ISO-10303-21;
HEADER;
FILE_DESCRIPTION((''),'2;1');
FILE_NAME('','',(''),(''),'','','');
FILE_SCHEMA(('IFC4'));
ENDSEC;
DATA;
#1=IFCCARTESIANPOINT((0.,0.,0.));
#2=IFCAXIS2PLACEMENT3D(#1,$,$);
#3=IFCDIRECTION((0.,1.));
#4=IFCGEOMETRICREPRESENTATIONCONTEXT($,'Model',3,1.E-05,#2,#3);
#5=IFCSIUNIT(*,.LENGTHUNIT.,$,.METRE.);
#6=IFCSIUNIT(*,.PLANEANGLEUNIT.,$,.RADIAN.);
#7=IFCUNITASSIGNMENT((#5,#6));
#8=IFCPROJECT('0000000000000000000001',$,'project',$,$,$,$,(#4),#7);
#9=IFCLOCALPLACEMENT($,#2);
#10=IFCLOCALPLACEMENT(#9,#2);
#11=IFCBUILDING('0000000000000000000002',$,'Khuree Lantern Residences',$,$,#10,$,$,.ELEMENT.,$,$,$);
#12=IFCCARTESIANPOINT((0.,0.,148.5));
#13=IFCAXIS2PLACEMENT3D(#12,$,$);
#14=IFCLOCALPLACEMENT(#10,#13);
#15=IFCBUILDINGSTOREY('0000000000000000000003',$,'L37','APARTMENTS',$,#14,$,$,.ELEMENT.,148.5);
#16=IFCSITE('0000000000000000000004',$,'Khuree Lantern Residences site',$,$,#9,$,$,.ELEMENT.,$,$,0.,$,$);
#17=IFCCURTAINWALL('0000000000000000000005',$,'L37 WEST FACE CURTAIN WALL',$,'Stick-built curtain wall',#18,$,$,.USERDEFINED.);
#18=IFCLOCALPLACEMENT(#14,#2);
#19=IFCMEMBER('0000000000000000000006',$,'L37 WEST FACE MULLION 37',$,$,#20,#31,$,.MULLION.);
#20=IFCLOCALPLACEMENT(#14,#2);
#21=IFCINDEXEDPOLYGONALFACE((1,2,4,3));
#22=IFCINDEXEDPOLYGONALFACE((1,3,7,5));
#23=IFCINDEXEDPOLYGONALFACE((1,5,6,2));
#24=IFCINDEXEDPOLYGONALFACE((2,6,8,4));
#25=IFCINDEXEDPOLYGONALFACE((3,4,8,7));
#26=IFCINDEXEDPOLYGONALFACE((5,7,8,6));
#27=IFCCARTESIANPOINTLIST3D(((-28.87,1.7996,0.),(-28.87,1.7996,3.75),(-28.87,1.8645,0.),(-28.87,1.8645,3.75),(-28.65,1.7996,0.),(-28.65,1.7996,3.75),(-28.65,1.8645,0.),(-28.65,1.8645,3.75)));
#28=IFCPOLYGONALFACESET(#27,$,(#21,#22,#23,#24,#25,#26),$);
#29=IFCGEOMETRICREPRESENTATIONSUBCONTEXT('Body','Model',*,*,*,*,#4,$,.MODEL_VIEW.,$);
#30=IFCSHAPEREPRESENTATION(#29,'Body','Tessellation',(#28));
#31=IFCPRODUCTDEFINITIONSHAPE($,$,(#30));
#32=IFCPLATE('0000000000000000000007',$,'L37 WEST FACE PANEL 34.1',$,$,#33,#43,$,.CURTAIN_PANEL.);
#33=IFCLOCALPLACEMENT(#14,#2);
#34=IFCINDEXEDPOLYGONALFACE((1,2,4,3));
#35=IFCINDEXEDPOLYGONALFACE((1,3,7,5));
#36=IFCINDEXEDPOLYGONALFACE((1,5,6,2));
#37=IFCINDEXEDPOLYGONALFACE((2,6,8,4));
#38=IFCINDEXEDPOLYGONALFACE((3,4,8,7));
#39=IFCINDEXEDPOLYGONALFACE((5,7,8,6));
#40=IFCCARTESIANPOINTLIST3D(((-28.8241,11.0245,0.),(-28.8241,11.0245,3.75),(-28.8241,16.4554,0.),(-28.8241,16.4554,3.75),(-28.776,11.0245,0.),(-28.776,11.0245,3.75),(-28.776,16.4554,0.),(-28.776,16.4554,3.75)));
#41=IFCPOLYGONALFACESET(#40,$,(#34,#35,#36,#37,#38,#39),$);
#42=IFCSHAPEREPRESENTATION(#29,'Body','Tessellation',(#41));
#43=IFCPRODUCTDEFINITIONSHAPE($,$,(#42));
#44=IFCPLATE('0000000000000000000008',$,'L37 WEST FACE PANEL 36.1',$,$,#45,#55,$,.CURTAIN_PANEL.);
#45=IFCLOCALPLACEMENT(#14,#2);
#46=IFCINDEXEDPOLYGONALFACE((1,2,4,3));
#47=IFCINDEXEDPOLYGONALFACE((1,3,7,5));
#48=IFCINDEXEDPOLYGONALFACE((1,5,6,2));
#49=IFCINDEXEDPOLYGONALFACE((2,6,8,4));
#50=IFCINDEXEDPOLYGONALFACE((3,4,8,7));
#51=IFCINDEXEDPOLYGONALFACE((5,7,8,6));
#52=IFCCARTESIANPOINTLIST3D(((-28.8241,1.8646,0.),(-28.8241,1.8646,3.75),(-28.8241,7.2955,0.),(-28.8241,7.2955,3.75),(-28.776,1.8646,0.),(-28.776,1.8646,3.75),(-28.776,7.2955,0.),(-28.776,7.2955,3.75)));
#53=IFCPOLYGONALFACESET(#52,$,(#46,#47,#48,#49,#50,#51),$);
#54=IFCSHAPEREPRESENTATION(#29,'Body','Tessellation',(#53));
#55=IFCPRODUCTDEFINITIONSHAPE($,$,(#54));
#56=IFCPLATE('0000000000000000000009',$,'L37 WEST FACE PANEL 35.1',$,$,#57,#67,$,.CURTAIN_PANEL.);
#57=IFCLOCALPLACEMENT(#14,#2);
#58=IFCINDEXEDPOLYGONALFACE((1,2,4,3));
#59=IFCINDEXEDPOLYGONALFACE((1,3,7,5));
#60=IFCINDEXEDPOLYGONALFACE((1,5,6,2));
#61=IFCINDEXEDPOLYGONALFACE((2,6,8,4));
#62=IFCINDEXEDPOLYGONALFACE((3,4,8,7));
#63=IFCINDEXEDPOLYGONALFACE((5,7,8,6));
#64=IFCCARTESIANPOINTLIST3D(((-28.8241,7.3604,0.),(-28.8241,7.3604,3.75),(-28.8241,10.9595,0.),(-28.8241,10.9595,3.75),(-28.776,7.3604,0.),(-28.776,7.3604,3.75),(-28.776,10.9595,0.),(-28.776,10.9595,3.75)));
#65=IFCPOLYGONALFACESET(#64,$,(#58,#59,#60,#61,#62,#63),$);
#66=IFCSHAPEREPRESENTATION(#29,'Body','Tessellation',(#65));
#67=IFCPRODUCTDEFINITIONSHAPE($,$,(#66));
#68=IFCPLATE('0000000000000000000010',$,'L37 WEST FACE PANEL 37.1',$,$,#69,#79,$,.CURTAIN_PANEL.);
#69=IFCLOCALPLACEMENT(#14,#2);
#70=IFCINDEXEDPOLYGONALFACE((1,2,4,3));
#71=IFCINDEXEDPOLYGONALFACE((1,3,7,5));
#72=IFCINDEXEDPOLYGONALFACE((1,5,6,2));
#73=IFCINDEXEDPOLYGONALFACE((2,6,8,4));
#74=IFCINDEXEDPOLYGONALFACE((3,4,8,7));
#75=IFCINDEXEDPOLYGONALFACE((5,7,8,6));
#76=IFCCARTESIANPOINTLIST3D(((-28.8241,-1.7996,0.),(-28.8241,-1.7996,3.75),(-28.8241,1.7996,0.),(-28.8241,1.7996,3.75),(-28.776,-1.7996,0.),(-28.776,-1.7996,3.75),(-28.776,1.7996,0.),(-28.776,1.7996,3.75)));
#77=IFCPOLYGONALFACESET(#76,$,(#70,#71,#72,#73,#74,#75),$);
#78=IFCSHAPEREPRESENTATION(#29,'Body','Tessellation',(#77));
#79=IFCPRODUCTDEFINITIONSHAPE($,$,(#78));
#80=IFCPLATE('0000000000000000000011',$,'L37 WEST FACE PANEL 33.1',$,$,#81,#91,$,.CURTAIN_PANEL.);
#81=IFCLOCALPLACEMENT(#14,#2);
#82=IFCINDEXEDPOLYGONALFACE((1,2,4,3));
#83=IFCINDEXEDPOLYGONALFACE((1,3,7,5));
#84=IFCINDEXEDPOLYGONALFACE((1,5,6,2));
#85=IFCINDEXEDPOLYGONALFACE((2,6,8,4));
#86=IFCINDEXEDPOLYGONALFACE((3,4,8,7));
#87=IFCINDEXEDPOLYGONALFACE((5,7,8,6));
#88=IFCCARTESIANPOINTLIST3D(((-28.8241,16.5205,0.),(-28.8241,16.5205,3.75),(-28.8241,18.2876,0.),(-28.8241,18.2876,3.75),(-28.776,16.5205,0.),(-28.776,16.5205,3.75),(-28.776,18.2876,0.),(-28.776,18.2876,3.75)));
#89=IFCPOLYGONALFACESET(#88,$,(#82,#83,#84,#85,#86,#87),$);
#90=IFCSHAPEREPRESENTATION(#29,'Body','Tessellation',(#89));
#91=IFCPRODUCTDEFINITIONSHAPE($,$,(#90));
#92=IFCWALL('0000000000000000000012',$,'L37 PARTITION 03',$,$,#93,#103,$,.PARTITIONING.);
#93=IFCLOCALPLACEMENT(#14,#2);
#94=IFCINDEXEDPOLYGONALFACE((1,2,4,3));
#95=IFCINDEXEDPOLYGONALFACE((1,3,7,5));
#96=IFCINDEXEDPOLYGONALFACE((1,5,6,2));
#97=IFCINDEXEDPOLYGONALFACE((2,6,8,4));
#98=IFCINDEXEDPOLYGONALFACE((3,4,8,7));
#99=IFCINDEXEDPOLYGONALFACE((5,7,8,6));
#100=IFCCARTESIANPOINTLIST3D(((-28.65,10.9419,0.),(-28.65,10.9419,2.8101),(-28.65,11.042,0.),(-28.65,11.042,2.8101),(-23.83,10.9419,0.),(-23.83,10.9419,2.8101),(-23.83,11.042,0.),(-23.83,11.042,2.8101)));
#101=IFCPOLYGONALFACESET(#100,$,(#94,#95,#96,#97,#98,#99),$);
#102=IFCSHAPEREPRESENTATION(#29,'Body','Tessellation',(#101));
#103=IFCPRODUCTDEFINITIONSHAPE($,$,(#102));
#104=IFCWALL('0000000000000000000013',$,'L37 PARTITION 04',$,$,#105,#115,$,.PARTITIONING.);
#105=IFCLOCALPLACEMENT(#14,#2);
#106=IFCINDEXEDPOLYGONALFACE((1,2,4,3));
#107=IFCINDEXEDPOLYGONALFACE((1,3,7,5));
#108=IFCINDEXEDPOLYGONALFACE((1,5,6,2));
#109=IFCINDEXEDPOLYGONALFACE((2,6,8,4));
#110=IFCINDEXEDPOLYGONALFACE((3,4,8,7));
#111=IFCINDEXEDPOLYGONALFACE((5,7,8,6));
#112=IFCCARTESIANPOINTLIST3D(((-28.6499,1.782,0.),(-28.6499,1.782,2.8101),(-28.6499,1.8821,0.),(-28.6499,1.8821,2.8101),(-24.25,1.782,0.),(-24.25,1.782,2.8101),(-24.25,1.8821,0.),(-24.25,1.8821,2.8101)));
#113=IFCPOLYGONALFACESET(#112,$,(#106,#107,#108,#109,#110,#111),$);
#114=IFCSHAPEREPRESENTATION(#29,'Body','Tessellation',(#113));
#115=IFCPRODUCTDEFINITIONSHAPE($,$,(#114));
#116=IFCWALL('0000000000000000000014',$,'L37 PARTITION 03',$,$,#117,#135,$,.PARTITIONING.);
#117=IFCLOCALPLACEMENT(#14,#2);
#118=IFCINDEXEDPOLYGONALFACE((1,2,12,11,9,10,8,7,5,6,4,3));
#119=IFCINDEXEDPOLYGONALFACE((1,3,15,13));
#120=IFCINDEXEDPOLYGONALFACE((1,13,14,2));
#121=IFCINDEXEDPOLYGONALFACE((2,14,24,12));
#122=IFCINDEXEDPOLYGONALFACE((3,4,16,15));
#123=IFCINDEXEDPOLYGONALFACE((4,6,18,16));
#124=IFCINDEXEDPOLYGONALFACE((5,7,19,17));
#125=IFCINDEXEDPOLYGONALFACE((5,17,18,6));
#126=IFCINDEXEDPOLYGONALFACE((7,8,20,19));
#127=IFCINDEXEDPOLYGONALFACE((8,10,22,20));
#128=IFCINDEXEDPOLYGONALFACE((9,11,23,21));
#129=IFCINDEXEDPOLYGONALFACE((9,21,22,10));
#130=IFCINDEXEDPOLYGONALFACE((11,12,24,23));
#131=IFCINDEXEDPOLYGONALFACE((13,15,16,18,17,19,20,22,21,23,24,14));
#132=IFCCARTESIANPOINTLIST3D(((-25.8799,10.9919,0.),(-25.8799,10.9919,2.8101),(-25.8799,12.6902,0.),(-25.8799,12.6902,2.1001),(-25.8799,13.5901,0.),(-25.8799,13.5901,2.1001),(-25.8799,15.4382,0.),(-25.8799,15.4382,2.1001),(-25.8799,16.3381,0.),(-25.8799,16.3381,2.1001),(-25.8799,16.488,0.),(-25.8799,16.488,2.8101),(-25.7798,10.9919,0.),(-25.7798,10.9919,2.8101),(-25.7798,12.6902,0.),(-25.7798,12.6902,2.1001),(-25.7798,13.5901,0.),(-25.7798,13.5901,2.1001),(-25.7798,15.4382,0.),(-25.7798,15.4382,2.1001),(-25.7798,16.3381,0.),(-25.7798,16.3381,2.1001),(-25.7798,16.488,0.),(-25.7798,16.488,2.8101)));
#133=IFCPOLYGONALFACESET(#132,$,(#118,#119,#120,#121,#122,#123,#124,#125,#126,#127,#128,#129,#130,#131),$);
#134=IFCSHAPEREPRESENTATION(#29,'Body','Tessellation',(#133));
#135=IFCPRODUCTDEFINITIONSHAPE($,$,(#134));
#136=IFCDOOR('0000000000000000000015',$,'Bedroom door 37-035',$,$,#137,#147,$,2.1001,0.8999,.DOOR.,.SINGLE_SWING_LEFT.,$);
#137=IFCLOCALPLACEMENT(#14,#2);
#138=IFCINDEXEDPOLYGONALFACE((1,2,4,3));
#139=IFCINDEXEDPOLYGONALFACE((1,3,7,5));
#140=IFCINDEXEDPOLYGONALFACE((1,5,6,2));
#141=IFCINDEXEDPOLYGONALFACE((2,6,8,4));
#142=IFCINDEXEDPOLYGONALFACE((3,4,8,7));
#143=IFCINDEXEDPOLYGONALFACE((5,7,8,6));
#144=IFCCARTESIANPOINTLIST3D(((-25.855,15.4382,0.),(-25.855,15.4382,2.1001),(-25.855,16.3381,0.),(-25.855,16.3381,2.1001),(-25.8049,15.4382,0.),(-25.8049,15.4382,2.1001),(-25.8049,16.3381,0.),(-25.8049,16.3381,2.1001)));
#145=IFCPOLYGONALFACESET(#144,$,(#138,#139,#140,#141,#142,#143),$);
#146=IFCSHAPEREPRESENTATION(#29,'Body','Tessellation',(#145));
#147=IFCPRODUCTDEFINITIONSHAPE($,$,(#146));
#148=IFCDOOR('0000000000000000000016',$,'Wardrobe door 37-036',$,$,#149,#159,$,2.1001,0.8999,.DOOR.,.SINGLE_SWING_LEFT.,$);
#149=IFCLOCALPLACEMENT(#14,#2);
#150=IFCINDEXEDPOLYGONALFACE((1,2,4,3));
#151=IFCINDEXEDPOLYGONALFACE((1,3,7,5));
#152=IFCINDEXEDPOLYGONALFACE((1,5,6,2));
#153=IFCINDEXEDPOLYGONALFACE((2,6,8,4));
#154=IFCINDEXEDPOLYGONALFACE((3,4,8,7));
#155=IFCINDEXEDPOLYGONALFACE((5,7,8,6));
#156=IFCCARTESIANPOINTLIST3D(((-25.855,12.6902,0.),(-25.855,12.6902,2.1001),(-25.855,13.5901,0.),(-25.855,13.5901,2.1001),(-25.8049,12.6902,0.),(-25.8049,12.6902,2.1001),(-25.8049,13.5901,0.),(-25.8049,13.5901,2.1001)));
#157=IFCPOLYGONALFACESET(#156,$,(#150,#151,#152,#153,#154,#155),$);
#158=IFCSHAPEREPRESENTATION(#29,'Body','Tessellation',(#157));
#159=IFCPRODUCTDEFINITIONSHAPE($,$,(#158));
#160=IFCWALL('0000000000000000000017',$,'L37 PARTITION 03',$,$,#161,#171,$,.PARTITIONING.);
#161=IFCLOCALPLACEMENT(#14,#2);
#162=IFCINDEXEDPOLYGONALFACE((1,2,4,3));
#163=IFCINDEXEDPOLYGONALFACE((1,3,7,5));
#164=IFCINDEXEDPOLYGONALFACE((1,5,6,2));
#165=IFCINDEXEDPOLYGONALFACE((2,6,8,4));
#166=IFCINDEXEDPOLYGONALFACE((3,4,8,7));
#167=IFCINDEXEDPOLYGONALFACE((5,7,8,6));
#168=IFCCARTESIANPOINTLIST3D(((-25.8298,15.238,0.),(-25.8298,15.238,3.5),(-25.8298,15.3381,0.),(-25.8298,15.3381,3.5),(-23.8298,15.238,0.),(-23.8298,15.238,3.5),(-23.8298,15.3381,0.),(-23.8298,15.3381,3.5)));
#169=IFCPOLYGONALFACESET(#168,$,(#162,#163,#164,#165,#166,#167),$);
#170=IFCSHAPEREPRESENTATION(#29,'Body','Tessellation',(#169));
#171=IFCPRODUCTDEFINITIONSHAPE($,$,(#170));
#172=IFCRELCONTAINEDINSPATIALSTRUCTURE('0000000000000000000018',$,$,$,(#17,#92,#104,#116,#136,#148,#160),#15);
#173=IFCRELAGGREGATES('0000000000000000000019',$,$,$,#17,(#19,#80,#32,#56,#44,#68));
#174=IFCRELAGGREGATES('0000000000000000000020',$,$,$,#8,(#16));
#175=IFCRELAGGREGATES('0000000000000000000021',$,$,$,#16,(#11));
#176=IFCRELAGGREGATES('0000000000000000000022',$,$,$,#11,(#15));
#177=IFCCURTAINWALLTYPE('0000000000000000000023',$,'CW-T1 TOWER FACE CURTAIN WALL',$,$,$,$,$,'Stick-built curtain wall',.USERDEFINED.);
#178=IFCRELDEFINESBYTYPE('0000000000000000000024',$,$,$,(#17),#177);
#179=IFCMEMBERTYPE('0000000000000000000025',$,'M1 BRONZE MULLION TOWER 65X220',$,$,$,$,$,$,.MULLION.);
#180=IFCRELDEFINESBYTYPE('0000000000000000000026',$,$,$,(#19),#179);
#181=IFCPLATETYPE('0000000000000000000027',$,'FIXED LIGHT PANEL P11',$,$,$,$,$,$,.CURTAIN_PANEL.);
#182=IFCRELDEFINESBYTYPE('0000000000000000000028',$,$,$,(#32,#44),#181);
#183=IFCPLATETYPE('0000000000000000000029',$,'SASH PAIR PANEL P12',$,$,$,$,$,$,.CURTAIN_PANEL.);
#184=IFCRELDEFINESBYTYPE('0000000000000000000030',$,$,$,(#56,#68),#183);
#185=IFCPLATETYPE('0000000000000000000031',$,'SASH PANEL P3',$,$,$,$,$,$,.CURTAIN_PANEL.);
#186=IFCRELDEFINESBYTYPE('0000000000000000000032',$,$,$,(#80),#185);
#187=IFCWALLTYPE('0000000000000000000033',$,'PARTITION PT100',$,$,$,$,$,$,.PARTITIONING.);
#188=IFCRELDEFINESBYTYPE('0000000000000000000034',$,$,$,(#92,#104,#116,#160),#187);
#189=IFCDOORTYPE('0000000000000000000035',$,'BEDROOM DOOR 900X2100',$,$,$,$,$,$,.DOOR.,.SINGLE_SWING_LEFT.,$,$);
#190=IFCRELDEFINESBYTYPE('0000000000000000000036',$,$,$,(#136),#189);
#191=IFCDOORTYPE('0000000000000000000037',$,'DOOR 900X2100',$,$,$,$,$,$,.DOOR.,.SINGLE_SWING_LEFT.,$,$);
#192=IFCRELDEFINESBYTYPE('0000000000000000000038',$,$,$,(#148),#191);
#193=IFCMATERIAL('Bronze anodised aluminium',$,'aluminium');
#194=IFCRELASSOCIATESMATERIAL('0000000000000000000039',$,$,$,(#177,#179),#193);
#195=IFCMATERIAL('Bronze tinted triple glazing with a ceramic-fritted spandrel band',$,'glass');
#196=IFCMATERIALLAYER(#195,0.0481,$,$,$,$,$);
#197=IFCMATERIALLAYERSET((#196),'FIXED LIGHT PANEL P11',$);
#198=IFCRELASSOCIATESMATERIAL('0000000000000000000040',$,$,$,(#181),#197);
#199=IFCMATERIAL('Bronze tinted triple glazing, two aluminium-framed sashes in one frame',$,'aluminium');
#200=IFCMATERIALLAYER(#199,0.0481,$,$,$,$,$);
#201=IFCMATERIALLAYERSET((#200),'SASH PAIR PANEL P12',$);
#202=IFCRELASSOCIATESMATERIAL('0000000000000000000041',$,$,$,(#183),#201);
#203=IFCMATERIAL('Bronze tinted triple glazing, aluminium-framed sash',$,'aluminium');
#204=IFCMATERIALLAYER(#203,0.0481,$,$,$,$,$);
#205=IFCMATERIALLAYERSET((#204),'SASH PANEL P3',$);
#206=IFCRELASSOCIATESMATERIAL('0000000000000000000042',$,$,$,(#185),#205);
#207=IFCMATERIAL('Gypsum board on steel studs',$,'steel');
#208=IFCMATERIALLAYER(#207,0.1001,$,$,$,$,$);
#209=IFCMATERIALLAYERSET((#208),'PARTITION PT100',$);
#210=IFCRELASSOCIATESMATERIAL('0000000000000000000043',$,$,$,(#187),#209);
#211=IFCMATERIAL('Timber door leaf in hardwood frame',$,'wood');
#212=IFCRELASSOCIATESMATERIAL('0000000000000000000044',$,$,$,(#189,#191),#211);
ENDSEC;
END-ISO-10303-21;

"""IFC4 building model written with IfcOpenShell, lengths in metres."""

from ifc_helpers import new_model, si_unit, direction, frame, frame_2d, origin, origin_2d, place, context, subcontext, project, spatial, rectangle, extrude, material, layer, layer_set, material_profile, profile_set, type_object, element, fill, aggregate, save


model = new_model("IFC4")

# Units and contexts
model_context = context("Model", 3, precision=1e-05, world=origin(), true_north=direction((0.0, 1.0)))
body_context = subcontext(model_context, "Body", "Model", "MODEL_VIEW")
ifc_project = project(units=[si_unit("LENGTHUNIT", "METRE"), si_unit("PLANEANGLEUNIT", "RADIAN")], contexts=[model_context])

# Site, building, storey
site_placement = place(None, origin())
site = spatial("IfcSite", under=ifc_project, at=site_placement, Name="Khuree Lantern Residences site", CompositionType="ELEMENT", RefElevation=0.0)
building_placement = place(site_placement, origin())
building = spatial("IfcBuilding", under=site, at=building_placement, Name="Khuree Lantern Residences", CompositionType="ELEMENT")
storey_placement = place(building_placement, frame((0.0, 0.0, 148.5)))
storey = spatial("IfcBuildingStorey", under=building, at=storey_placement, Name="L37", Description="APARTMENTS", CompositionType="ELEMENT", Elevation=148.5)

# Curtain wall
ifc_material_1 = material(Name="Bronze anodised aluminium", Category="aluminium")
curtain_wall_type = type_object("IfcCurtainWallType", Name="CW-T1 TOWER FACE CURTAIN WALL", ElementType="Stick-built curtain wall", PredefinedType="USERDEFINED", material=ifc_material_1)
curtain_wall_placement = place(storey_placement, origin())
curtain_wall = element("IfcCurtainWall", 1, at=curtain_wall_placement, inside=storey, type_object=curtain_wall_type, Name="L37 WEST FACE CURTAIN WALL", ObjectType="Stick-built curtain wall", PredefinedType="USERDEFINED")

# Member
ifc_material_profile_1 = material_profile(ifc_material_1, rectangle(XDim=0.0649, YDim=0.22, at=origin_2d()), Name="M1 65X220")
ifc_profile_set_1 = profile_set([ifc_material_profile_1], Name="Bronze anodised aluminium")
member_type_1 = type_object("IfcMemberType", Name="M1 BRONZE MULLION TOWER 65X220", PredefinedType="MULLION", material=ifc_profile_set_1)
member_1_placement = place(storey_placement, frame((-28.76, 1.832, 0.0), z_axis=(0.0, 0.0, 1.0), x_axis=(0.0, -1.0, 0.0)))
member_1 = element("IfcMember", 2, at=member_1_placement, type_object=member_type_1, Name="L37 WEST FACE MULLION 37", PredefinedType="MULLION", context=body_context, shape_type="SweptSolid", body=[
    extrude(rectangle(XDim=0.0649, YDim=0.22, at=origin_2d()), origin(), (0.0, 0.0, 1.0), 3.75),
])

# Plates
ifc_material_2 = material(Name="Bronze tinted triple glazing with a ceramic-fritted spandrel band", Category="glass")
ifc_layer_1 = layer(ifc_material_2, 0.0481)
ifc_layer_set_1 = layer_set([ifc_layer_1], Name="FIXED LIGHT PANEL P11")
plate_type_1 = type_object("IfcPlateType", Name="FIXED LIGHT PANEL P11", PredefinedType="CURTAIN_PANEL", material=ifc_layer_set_1)
plate_1_placement = place(storey_placement, frame((-28.8, 13.74, 0.0), z_axis=(0.0, 0.0, 1.0), x_axis=(0.0, -1.0, 0.0)))
plate_1 = element("IfcPlate", 3, at=plate_1_placement, type_object=plate_type_1, Name="L37 WEST FACE PANEL 34.1", PredefinedType="CURTAIN_PANEL", context=body_context, shape_type="SweptSolid", body=[
    extrude(rectangle(XDim=5.4309, YDim=0.0481, at=origin_2d()), origin(), (0.0, 0.0, 1.0), 3.75),
])
plate_2_placement = place(storey_placement, frame((-28.8, 4.5801, 0.0), z_axis=(0.0, 0.0, 1.0), x_axis=(0.0, -1.0, 0.0)))
plate_2 = element("IfcPlate", 4, at=plate_2_placement, type_object=plate_type_1, Name="L37 WEST FACE PANEL 36.1", PredefinedType="CURTAIN_PANEL", context=body_context, shape_type="SweptSolid", body=[
    extrude(rectangle(XDim=5.4309, YDim=0.0481, at=origin_2d()), origin(), (0.0, 0.0, 1.0), 3.75),
])
ifc_material_3 = material(Name="Bronze tinted triple glazing, two aluminium-framed sashes in one frame", Category="aluminium")
ifc_layer_2 = layer(ifc_material_3, 0.0481)
ifc_layer_set_2 = layer_set([ifc_layer_2], Name="SASH PAIR PANEL P12")
plate_type_2 = type_object("IfcPlateType", Name="SASH PAIR PANEL P12", PredefinedType="CURTAIN_PANEL", material=ifc_layer_set_2)
plate_3_placement = place(storey_placement, frame((-28.8, 9.1599, 0.0), z_axis=(0.0, 0.0, 1.0), x_axis=(0.0, -1.0, 0.0)))
plate_3 = element("IfcPlate", 5, at=plate_3_placement, type_object=plate_type_2, Name="L37 WEST FACE PANEL 35.1", PredefinedType="CURTAIN_PANEL", context=body_context, shape_type="SweptSolid", body=[
    extrude(rectangle(XDim=3.5991, YDim=0.0481, at=origin_2d()), origin(), (0.0, 0.0, 1.0), 3.75),
])
plate_4_placement = place(storey_placement, frame((-28.8, 0.0, 0.0), z_axis=(0.0, 0.0, 1.0), x_axis=(0.0, -1.0, 0.0)))
plate_4 = element("IfcPlate", 6, at=plate_4_placement, type_object=plate_type_2, Name="L37 WEST FACE PANEL 37.1", PredefinedType="CURTAIN_PANEL", context=body_context, shape_type="SweptSolid", body=[
    extrude(rectangle(XDim=3.5991, YDim=0.0481, at=origin_2d()), origin(), (0.0, 0.0, 1.0), 3.75),
])
ifc_material_4 = material(Name="Bronze tinted triple glazing, aluminium-framed sash", Category="aluminium")
ifc_layer_3 = layer(ifc_material_4, 0.0481)
ifc_layer_set_3 = layer_set([ifc_layer_3], Name="SASH PANEL P3")
plate_type_3 = type_object("IfcPlateType", Name="SASH PANEL P3", PredefinedType="CURTAIN_PANEL", material=ifc_layer_set_3)
plate_5_placement = place(storey_placement, frame((-28.8, 17.4041, 0.0), z_axis=(0.0, 0.0, 1.0), x_axis=(0.0, -1.0, 0.0)))
plate_5 = element("IfcPlate", 7, at=plate_5_placement, type_object=plate_type_3, Name="L37 WEST FACE PANEL 33.1", PredefinedType="CURTAIN_PANEL", context=body_context, shape_type="SweptSolid", body=[
    extrude(rectangle(XDim=1.7671, YDim=0.0481, at=origin_2d()), origin(), (0.0, 0.0, 1.0), 3.75),
])
aggregate(curtain_wall, [member_1, plate_5, plate_1, plate_3, plate_2, plate_4])

# Walls
ifc_material_5 = material(Name="Gypsum board on steel studs", Category="steel")
ifc_layer_4 = layer(ifc_material_5, 0.1001)
ifc_layer_set_4 = layer_set([ifc_layer_4], Name="PARTITION PT100")
wall_type = type_object("IfcWallType", Name="PARTITION PT100", PredefinedType="PARTITIONING", material=ifc_layer_set_4)
wall_1_placement = place(storey_placement, frame((-23.8298, 10.9919, 0.0), z_axis=(0.0, 0.0, 1.0), x_axis=(-1.0, 0.0, 0.0)))
element("IfcWall", 8, at=wall_1_placement, inside=storey, type_object=wall_type, Name="L37 PARTITION 03", PredefinedType="PARTITIONING", context=body_context, shape_type="SweptSolid", body=[
    extrude(rectangle(XDim=4.8201, YDim=0.1001, at=frame_2d((2.4102, 0.0))), origin(), (0.0, 0.0, 1.0), 2.8101),
])
wall_2_placement = place(storey_placement, frame((-24.25, 1.832, 0.0), z_axis=(0.0, 0.0, 1.0), x_axis=(-1.0, 0.0, 0.0)))
element("IfcWall", 9, at=wall_2_placement, inside=storey, type_object=wall_type, Name="L37 PARTITION 04", PredefinedType="PARTITIONING", context=body_context, shape_type="SweptSolid", body=[
    extrude(rectangle(XDim=4.3999, YDim=0.1001, at=frame_2d((2.2, 0.0))), origin(), (0.0, 0.0, 1.0), 2.8101),
])

# Wall, openings, doors
wall_3_placement = place(storey_placement, frame((-25.8298, 16.488, 0.0), z_axis=(0.0, 0.0, 1.0), x_axis=(0.0, -1.0, 0.0)))
wall_3 = element("IfcWall", 10, at=wall_3_placement, inside=storey, type_object=wall_type, Name="L37 PARTITION 03", PredefinedType="PARTITIONING", context=body_context, shape_type="SweptSolid", body=[
    extrude(rectangle(XDim=5.4961, YDim=0.1001, at=frame_2d((2.748, 0.0))), origin(), (0.0, 0.0, 1.0), 2.8101),
])
opening_1_placement = place(wall_3_placement, frame((0.1499, 0.0, 0.0)))
opening_1 = element("IfcOpeningElement", 11, at=opening_1_placement, cuts=wall_3, PredefinedType="OPENING", context=body_context, shape_type="SweptSolid", body=[
    extrude(rectangle(XDim=0.8999, YDim=2.1001, at=frame_2d((0.45, 1.05))), frame((0.0, 0.0601, 0.0), z_axis=(0.0, -1.0, 0.0), x_axis=(1.0, 0.0, 0.0)), (0.0, 0.0, 1.0), 0.1201),
])
opening_2_placement = place(wall_3_placement, frame((2.8979, 0.0, 0.0)))
opening_2 = element("IfcOpeningElement", 12, at=opening_2_placement, cuts=wall_3, PredefinedType="OPENING", context=body_context, shape_type="SweptSolid", body=[
    extrude(rectangle(XDim=0.8999, YDim=2.1001, at=frame_2d((0.45, 1.05))), frame((0.0, 0.0601, 0.0), z_axis=(0.0, -1.0, 0.0), x_axis=(1.0, 0.0, 0.0)), (0.0, 0.0, 1.0), 0.1201),
])
ifc_material_6 = material(Name="Timber door leaf in hardwood frame", Category="wood")
door_type_1 = type_object("IfcDoorType", Name="BEDROOM DOOR 900X2100", OperationType="SINGLE_SWING_LEFT", PredefinedType="DOOR", material=ifc_material_6)
door_1_placement = place(opening_1_placement, origin())
door_1 = element("IfcDoor", 13, at=door_1_placement, inside=storey, type_object=door_type_1, Name="Bedroom door 37-035", OperationType="SINGLE_SWING_LEFT", OverallHeight=2.1001, OverallWidth=0.8999, PredefinedType="DOOR", context=body_context, shape_type="SweptSolid", body=[
    extrude(rectangle(XDim=0.8999, YDim=2.1001, at=frame_2d((0.45, 1.05))), frame((0.0, 0.0249, 0.0), z_axis=(0.0, -1.0, 0.0), x_axis=(1.0, 0.0, 0.0)), (0.0, 0.0, 1.0), 0.05),
])
fill(opening_1, door_1)
door_type_2 = type_object("IfcDoorType", Name="DOOR 900X2100", OperationType="SINGLE_SWING_LEFT", PredefinedType="DOOR", material=ifc_material_6)
door_2_placement = place(opening_2_placement, origin())
door_2 = element("IfcDoor", 14, at=door_2_placement, inside=storey, type_object=door_type_2, Name="Wardrobe door 37-036", OperationType="SINGLE_SWING_LEFT", OverallHeight=2.1001, OverallWidth=0.8999, PredefinedType="DOOR", context=body_context, shape_type="SweptSolid", body=[
    extrude(rectangle(XDim=0.8999, YDim=2.1001, at=frame_2d((0.45, 1.05))), frame((0.0, 0.0249, 0.0), z_axis=(0.0, -1.0, 0.0), x_axis=(1.0, 0.0, 0.0)), (0.0, 0.0, 1.0), 0.05),
])
fill(opening_2, door_2)

# Wall
wall_4_placement = place(storey_placement, frame((-23.8298, 15.2881, 0.0), z_axis=(0.0, 0.0, 1.0), x_axis=(-1.0, 0.0, 0.0)))
element("IfcWall", 15, at=wall_4_placement, inside=storey, type_object=wall_type, Name="L37 PARTITION 03", PredefinedType="PARTITIONING", context=body_context, shape_type="SweptSolid", body=[
    extrude(rectangle(XDim=2.0, YDim=0.1001, at=frame_2d((1.0, 0.0))), origin(), (0.0, 0.0, 1.0), 3.5),
])

save(model, "model.ifc")
